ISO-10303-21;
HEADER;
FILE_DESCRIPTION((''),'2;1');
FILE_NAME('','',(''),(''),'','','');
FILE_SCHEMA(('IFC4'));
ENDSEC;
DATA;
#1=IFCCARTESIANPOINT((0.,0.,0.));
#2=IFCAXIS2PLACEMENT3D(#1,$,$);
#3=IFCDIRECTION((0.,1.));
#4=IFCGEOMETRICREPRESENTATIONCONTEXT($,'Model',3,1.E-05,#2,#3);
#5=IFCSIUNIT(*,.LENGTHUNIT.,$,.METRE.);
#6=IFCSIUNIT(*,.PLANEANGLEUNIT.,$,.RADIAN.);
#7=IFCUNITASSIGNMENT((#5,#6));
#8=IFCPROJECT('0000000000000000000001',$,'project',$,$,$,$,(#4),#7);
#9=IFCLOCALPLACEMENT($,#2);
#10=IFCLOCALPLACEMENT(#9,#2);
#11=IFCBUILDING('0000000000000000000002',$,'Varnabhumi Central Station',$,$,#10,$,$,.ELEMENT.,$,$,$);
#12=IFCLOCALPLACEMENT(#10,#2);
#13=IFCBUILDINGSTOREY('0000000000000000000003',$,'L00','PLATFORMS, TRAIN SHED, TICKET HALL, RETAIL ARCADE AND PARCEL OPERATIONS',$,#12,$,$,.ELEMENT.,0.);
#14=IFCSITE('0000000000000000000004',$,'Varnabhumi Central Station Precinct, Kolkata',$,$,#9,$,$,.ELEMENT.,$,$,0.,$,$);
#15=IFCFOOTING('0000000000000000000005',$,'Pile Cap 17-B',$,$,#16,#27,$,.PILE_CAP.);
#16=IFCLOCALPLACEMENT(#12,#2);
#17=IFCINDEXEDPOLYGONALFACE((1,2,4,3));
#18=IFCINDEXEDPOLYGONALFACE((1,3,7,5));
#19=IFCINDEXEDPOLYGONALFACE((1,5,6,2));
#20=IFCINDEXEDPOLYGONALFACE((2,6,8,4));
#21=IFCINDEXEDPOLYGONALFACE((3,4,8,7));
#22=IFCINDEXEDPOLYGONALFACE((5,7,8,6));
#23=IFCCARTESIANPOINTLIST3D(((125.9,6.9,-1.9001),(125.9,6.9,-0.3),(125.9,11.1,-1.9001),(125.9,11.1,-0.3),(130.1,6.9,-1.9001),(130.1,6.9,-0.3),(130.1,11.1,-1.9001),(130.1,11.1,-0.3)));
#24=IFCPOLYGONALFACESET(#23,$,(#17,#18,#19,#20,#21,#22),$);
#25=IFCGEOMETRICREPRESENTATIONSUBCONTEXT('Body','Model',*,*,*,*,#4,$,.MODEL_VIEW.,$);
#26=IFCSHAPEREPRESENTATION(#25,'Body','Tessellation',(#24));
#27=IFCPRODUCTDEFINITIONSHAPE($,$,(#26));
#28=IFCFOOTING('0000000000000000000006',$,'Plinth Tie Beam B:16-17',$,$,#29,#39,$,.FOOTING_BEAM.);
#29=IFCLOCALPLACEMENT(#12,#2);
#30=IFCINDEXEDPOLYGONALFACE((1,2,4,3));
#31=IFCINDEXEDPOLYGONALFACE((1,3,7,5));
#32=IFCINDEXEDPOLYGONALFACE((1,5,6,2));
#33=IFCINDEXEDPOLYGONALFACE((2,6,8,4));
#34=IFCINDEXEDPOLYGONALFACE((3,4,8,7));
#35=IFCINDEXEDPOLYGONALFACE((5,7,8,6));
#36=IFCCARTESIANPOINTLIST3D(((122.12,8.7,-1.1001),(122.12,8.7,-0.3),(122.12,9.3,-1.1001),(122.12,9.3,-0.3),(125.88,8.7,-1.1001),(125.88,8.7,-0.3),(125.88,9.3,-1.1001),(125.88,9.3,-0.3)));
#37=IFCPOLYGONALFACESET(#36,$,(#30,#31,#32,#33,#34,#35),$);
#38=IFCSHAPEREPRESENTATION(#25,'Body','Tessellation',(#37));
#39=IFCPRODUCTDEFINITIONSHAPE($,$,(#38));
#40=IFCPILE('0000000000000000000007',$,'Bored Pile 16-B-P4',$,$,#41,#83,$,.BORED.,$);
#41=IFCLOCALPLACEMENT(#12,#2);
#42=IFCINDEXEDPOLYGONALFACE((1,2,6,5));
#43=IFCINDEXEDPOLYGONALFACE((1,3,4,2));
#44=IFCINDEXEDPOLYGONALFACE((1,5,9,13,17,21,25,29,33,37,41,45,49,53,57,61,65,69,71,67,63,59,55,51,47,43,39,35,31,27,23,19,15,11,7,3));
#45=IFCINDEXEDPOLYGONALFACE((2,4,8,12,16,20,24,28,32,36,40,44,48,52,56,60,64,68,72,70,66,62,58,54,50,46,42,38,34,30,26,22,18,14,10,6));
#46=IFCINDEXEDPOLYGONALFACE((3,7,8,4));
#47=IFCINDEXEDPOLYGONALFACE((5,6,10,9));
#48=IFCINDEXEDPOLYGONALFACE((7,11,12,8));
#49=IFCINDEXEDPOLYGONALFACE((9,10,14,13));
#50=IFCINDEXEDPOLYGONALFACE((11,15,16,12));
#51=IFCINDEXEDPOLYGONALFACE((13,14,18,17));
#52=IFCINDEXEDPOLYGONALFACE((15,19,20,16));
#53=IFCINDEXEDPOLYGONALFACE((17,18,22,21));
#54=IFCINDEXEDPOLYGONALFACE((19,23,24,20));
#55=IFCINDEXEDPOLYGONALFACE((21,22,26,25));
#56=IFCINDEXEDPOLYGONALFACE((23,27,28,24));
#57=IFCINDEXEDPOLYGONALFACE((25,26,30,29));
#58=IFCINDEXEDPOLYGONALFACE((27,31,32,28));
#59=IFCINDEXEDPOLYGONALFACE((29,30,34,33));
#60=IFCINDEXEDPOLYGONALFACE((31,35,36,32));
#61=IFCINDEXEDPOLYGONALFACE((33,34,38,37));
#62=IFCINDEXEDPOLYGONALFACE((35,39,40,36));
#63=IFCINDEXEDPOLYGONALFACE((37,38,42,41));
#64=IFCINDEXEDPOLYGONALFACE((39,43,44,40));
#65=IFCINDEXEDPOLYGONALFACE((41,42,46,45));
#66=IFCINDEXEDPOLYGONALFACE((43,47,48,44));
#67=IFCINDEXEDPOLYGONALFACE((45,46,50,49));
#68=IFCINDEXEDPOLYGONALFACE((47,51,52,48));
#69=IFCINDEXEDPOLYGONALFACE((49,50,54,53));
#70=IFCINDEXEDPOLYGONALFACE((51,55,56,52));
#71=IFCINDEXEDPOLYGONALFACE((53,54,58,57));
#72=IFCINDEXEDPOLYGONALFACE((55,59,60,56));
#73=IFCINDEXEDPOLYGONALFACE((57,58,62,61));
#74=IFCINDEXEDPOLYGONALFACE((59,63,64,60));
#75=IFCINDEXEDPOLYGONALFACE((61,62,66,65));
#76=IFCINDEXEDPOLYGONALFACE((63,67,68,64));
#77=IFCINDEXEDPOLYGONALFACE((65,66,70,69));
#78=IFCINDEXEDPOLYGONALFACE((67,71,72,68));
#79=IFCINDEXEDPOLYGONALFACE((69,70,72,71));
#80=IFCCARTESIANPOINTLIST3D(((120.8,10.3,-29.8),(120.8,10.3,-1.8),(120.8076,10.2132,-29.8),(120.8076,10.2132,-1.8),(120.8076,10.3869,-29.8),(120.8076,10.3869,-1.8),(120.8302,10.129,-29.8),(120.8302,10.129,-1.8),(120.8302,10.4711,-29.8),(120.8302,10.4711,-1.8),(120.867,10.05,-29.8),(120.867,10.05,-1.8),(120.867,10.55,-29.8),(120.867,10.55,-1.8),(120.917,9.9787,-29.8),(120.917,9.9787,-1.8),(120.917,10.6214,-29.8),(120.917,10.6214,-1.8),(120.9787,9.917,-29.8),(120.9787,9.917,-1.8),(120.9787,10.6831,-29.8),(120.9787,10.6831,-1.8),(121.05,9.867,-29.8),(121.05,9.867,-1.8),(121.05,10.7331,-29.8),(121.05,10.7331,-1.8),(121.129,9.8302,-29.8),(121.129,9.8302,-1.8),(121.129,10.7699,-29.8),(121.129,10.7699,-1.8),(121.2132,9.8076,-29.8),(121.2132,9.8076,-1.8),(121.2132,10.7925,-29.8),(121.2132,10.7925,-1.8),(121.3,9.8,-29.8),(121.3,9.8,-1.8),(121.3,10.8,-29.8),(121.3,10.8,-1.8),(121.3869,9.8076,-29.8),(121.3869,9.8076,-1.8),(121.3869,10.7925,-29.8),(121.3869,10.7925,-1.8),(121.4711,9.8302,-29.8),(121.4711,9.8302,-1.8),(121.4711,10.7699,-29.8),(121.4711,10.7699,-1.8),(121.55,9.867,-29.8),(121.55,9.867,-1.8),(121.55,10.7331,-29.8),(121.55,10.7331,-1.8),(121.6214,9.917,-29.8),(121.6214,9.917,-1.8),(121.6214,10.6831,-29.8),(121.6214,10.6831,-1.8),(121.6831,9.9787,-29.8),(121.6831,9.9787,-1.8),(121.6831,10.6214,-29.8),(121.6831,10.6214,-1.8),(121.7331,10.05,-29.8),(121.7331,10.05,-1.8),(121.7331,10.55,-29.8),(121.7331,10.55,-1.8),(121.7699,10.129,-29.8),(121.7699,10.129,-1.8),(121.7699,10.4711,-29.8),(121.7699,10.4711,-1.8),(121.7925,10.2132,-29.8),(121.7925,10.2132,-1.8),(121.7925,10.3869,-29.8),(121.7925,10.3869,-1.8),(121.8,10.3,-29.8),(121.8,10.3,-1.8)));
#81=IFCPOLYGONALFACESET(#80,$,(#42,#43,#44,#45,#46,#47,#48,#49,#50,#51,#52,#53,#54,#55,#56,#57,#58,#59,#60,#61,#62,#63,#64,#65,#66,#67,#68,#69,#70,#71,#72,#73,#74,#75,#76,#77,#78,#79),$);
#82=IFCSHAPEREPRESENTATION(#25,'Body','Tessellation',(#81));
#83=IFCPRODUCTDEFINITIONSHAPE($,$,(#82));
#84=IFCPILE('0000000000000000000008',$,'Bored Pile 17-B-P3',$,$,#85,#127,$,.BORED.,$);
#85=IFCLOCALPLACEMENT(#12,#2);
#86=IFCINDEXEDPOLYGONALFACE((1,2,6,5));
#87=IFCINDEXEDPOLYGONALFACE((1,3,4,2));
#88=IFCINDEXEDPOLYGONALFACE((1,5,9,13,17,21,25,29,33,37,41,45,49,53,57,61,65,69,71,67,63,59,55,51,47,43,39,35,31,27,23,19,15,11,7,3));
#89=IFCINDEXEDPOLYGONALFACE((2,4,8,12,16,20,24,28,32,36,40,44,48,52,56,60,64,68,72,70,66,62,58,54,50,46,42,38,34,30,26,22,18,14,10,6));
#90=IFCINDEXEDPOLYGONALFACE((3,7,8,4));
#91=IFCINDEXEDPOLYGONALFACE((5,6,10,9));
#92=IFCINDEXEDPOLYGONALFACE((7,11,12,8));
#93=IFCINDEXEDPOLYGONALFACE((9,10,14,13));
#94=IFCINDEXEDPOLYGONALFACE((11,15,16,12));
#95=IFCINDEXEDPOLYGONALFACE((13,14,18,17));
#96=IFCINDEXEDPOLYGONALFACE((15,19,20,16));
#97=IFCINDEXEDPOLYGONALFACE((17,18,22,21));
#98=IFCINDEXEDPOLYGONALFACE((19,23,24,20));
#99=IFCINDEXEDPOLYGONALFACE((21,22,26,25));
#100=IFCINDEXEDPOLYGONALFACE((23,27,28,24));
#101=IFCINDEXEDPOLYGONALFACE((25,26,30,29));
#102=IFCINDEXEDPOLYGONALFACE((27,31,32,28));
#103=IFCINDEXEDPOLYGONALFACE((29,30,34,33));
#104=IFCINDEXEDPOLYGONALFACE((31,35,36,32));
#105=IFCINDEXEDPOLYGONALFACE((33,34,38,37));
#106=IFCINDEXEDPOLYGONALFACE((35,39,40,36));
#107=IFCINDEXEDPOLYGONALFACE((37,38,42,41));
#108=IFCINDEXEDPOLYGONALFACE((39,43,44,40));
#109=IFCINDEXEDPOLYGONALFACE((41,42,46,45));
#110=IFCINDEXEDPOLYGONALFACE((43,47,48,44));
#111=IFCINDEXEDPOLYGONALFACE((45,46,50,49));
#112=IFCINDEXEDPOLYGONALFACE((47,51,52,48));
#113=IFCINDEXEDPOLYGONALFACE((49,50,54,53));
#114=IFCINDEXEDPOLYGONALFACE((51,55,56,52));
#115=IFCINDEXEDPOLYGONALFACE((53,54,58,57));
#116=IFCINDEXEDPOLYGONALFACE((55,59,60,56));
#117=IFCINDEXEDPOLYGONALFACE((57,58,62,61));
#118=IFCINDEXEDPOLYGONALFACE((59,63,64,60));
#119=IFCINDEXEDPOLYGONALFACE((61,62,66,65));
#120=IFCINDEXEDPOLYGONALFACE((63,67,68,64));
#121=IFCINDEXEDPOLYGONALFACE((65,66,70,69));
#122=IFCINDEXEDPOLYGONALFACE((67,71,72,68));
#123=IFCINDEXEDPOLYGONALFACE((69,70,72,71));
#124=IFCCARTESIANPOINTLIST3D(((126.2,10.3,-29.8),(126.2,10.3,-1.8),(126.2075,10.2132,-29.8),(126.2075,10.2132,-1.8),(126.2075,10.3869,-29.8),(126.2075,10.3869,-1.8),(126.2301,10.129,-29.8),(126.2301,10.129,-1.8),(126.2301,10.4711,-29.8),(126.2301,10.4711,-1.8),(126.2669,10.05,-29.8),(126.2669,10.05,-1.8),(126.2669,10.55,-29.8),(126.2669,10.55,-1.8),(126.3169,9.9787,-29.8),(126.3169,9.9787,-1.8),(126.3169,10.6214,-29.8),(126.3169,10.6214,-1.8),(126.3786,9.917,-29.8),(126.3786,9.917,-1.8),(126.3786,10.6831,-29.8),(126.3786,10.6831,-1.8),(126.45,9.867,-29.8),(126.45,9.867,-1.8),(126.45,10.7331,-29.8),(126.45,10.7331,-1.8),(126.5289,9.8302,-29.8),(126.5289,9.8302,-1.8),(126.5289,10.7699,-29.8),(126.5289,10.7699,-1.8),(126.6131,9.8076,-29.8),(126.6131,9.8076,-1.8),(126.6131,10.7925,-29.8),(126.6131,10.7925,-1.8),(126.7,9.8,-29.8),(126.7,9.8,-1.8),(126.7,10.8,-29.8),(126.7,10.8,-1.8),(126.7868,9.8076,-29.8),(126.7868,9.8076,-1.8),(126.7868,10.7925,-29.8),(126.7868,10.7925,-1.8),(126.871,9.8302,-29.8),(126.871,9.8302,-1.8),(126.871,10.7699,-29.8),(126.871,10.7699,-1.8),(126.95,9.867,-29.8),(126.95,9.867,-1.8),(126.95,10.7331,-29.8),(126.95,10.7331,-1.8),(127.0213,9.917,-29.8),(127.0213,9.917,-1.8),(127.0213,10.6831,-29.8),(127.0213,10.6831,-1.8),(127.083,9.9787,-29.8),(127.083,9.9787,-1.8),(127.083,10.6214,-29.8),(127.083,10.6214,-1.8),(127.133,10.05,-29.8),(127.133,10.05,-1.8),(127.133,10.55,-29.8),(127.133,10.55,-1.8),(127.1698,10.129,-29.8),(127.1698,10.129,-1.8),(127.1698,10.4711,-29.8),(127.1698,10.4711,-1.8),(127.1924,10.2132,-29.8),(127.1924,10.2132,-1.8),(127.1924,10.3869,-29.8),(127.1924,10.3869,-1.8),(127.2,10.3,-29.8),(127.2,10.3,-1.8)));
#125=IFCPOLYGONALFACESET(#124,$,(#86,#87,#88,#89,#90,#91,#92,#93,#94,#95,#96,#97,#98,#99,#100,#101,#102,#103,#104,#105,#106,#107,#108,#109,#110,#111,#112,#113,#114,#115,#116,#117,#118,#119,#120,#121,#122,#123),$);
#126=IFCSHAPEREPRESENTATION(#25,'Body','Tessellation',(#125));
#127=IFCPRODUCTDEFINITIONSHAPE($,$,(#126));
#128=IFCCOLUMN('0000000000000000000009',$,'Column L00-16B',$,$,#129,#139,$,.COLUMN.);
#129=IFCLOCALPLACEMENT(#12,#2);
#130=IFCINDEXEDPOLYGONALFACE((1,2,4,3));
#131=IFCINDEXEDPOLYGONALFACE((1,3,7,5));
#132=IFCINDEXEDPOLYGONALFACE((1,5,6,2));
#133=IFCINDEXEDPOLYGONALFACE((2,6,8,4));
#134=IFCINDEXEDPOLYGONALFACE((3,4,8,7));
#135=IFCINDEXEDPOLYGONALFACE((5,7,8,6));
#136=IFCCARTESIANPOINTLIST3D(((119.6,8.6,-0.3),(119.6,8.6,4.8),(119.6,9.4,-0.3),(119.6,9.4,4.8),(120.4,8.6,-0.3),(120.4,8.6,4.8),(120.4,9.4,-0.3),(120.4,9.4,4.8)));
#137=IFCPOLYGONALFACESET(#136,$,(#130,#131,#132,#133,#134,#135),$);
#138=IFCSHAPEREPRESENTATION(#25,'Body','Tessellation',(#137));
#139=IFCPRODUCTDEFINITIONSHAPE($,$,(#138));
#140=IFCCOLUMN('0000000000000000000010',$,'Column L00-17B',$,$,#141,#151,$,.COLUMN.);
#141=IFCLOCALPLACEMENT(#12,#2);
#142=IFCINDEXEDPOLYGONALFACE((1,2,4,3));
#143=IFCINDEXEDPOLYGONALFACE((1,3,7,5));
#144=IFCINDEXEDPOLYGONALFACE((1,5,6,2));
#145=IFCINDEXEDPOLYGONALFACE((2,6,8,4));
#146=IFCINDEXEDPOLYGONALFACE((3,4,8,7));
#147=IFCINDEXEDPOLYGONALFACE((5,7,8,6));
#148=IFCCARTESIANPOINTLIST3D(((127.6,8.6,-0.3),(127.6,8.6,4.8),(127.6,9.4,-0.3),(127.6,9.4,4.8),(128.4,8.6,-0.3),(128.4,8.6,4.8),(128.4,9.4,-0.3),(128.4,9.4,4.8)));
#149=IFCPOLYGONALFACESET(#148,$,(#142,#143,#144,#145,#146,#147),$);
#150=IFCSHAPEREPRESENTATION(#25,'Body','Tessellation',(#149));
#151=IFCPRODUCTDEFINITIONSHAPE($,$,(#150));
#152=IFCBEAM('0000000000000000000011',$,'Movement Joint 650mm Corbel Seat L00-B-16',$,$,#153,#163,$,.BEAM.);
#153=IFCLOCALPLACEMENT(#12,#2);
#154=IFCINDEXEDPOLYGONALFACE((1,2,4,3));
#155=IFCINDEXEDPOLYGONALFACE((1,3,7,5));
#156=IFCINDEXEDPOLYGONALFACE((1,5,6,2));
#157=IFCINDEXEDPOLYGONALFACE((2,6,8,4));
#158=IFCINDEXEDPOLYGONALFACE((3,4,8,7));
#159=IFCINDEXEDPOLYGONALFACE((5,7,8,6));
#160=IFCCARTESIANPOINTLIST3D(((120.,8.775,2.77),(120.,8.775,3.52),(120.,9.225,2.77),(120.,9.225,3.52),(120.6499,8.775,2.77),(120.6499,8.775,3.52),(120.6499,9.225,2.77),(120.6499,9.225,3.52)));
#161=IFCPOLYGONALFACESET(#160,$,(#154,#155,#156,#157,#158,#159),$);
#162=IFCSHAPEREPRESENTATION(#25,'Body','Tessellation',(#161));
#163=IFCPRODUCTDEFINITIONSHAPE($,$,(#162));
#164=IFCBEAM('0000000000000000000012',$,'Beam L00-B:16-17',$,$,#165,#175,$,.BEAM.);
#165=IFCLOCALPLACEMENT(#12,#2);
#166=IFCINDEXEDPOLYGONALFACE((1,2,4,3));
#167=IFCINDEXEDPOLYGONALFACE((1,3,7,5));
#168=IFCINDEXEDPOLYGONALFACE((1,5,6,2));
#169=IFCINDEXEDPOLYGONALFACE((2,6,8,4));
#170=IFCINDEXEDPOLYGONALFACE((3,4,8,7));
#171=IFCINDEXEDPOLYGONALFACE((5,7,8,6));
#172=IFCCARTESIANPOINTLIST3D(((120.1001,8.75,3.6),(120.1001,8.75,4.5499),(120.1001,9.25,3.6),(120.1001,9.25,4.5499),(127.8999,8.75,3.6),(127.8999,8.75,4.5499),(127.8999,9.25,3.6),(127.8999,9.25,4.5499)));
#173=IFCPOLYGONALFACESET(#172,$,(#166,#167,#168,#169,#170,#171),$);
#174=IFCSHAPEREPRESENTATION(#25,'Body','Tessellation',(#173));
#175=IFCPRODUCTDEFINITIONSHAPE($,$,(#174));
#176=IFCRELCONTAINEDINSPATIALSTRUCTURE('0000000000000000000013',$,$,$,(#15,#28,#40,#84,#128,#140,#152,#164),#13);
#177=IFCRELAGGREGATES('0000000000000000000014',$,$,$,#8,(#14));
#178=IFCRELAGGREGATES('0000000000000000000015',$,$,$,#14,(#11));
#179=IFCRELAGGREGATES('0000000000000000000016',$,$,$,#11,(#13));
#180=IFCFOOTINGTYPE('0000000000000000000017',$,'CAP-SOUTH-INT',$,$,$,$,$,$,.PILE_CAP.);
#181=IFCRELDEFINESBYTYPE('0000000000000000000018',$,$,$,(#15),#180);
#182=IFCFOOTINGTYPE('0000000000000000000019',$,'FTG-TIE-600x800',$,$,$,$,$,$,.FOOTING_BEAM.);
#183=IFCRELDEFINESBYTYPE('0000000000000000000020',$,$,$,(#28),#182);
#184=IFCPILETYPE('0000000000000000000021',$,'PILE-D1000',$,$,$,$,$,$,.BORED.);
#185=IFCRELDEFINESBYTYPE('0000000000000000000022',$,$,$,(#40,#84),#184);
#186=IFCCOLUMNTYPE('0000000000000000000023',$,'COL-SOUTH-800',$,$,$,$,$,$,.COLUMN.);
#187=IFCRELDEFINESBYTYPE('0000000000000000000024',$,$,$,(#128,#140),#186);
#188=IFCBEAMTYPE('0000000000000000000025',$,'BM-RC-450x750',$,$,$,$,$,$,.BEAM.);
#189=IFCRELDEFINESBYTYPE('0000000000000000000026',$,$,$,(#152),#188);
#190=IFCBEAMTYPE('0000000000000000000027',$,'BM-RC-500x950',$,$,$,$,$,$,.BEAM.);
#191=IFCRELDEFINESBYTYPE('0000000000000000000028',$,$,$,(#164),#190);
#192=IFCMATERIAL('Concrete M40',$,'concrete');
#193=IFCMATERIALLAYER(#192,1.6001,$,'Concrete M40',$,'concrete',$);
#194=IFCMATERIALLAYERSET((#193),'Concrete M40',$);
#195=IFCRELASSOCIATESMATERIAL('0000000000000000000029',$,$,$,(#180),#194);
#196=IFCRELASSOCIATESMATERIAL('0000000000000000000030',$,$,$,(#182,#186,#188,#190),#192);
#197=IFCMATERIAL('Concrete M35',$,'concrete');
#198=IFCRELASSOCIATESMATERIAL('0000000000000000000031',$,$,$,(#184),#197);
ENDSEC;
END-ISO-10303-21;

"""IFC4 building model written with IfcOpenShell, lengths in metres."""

from ifc_helpers import new_model, si_unit, direction, frame, origin, origin_2d, place, context, subcontext, project, spatial, rectangle, circle, extrude, material, layer, layer_set, material_profile, profile_set, type_object, element, save


model = new_model("IFC4")

# Units and contexts
model_context = context("Model", 3, precision=1e-05, world=origin(), true_north=direction((0.0, 1.0)))
body_context = subcontext(model_context, "Body", "Model", "MODEL_VIEW")
ifc_project = project(units=[si_unit("LENGTHUNIT", "METRE"), si_unit("PLANEANGLEUNIT", "RADIAN")], contexts=[model_context])

# Site, building, storey
site_placement = place(None, origin())
site = spatial("IfcSite", under=ifc_project, at=site_placement, Name="Varnabhumi Central Station Precinct, Kolkata", CompositionType="ELEMENT", RefElevation=0.0)
building_placement = place(site_placement, origin())
building = spatial("IfcBuilding", under=site, at=building_placement, Name="Varnabhumi Central Station", CompositionType="ELEMENT")
storey_placement = place(building_placement, origin())
storey = spatial("IfcBuildingStorey", under=building, at=storey_placement, Name="L00", Description="PLATFORMS, TRAIN SHED, TICKET HALL, RETAIL ARCADE AND PARCEL OPERATIONS", CompositionType="ELEMENT", Elevation=0.0)

# Footings
ifc_material_1 = material(Name="Concrete M40", Category="concrete")
ifc_layer_1 = layer(ifc_material_1, 1.6001, Name="Concrete M40", Category="concrete")
ifc_layer_set_1 = layer_set([ifc_layer_1], Name="Concrete M40")
footing_type_1 = type_object("IfcFootingType", Name="CAP-SOUTH-INT", PredefinedType="PILE_CAP", material=ifc_layer_set_1)
footing_1_placement = place(storey_placement, frame((128.0, 9.0, -1.9001), z_axis=(0.0, 0.0, 1.0), x_axis=(1.0, 0.0, 0.0)))
element("IfcFooting", 1, at=footing_1_placement, inside=storey, type_object=footing_type_1, Name="Pile Cap 17-B", PredefinedType="PILE_CAP", context=body_context, shape_type="SweptSolid", body=[
    extrude(rectangle(XDim=4.2, YDim=4.2, at=origin_2d()), origin(), (0.0, 0.0, 1.0), 1.6001),
])
footing_type_2 = type_object("IfcFootingType", Name="FTG-TIE-600x800", PredefinedType="FOOTING_BEAM", material=ifc_material_1)
footing_2_placement = place(storey_placement, frame((124.0, 9.0, -1.1001), z_axis=(0.0, 0.0, 1.0), x_axis=(1.0, 0.0, 0.0)))
element("IfcFooting", 2, at=footing_2_placement, inside=storey, type_object=footing_type_2, Name="Plinth Tie Beam B:16-17", PredefinedType="FOOTING_BEAM", context=body_context, shape_type="SweptSolid", body=[
    extrude(rectangle(XDim=3.76, YDim=0.6001, at=origin_2d()), origin(), (0.0, 0.0, 1.0), 0.8),
])

# Piles
ifc_material_2 = material(Name="Concrete M35", Category="concrete")
ifc_material_profile_1 = material_profile(ifc_material_2, circle(Radius=0.5, at=origin_2d()), Name="Concrete M35", Category="concrete")
ifc_profile_set_1 = profile_set([ifc_material_profile_1], Name="Concrete M35")
pile_type = type_object("IfcPileType", Name="PILE-D1000", PredefinedType="BORED", material=ifc_profile_set_1)
for number, where, z_axis, x_axis, name in (
    (3, (121.3, 10.3, -1.8), (0.0, 0.0, -1.0), (1.0, 0.0, 0.0), "Bored Pile 16-B-P4"),
    (4, (126.7, 10.3, -1.8), (0.0, 0.0, -1.0), (1.0, 0.0, 0.0), "Bored Pile 17-B-P3"),
):
    element("IfcPile", number, at=place(storey_placement, frame(where, z_axis=z_axis, x_axis=x_axis)), inside=storey, type_object=pile_type, Name=name, PredefinedType="BORED", context=body_context, shape_type="SweptSolid", body=[
        extrude(circle(Radius=0.5, at=origin_2d()), origin(), (0.0, 0.0, 1.0), 28.0),
    ])

# Columns
ifc_material_profile_2 = material_profile(ifc_material_1, rectangle(XDim=0.8, YDim=0.8, at=origin_2d()), Name="Concrete M40", Category="concrete")
ifc_profile_set_2 = profile_set([ifc_material_profile_2], Name="Concrete M40")
column_type = type_object("IfcColumnType", Name="COL-SOUTH-800", PredefinedType="COLUMN", material=ifc_profile_set_2)
for number, where, z_axis, x_axis, name in (
    (5, (120.0, 9.0, -0.3), (0.0, 0.0, 1.0), (1.0, 0.0, 0.0), "Column L00-16B"),
    (6, (128.0, 9.0, -0.3), (0.0, 0.0, 1.0), (1.0, 0.0, 0.0), "Column L00-17B"),
):
    element("IfcColumn", number, at=place(storey_placement, frame(where, z_axis=z_axis, x_axis=x_axis)), inside=storey, type_object=column_type, Name=name, PredefinedType="COLUMN", context=body_context, shape_type="SweptSolid", body=[
        extrude(rectangle(XDim=0.8, YDim=0.8, at=origin_2d()), origin(), (0.0, 0.0, 1.0), 5.1001),
    ])

# Beams
ifc_material_profile_3 = material_profile(ifc_material_1, rectangle(XDim=0.45, YDim=0.75, at=origin_2d()), Name="Concrete M40", Category="concrete")
ifc_profile_set_3 = profile_set([ifc_material_profile_3], Name="Concrete M40")
beam_type_1 = type_object("IfcBeamType", Name="BM-RC-450x750", PredefinedType="BEAM", material=ifc_profile_set_3)
beam_1_placement = place(storey_placement, frame((120.0, 9.0, 3.145), z_axis=(1.0, 0.0, 0.0), x_axis=(0.0, 1.0, 0.0)))
element("IfcBeam", 7, at=beam_1_placement, inside=storey, type_object=beam_type_1, Name="Movement Joint 650mm Corbel Seat L00-B-16", PredefinedType="BEAM", context=body_context, shape_type="SweptSolid", body=[
    extrude(rectangle(XDim=0.45, YDim=0.75, at=origin_2d()), origin(), (0.0, 0.0, 1.0), 0.6499),
])
ifc_material_profile_4 = material_profile(ifc_material_1, rectangle(XDim=0.5, YDim=0.95, at=origin_2d()), Name="Concrete M40", Category="concrete")
ifc_profile_set_4 = profile_set([ifc_material_profile_4], Name="Concrete M40")
beam_type_2 = type_object("IfcBeamType", Name="BM-RC-500x950", PredefinedType="BEAM", material=ifc_profile_set_4)
beam_2_placement = place(storey_placement, frame((120.1001, 9.0, 4.075), z_axis=(1.0, 0.0, 0.0), x_axis=(0.0, 1.0, 0.0)))
element("IfcBeam", 8, at=beam_2_placement, inside=storey, type_object=beam_type_2, Name="Beam L00-B:16-17", PredefinedType="BEAM", context=body_context, shape_type="SweptSolid", body=[
    extrude(rectangle(XDim=0.5, YDim=0.95, at=origin_2d()), origin(), (0.0, 0.0, 1.0), 7.7998),
])

save(model, "model.ifc")
